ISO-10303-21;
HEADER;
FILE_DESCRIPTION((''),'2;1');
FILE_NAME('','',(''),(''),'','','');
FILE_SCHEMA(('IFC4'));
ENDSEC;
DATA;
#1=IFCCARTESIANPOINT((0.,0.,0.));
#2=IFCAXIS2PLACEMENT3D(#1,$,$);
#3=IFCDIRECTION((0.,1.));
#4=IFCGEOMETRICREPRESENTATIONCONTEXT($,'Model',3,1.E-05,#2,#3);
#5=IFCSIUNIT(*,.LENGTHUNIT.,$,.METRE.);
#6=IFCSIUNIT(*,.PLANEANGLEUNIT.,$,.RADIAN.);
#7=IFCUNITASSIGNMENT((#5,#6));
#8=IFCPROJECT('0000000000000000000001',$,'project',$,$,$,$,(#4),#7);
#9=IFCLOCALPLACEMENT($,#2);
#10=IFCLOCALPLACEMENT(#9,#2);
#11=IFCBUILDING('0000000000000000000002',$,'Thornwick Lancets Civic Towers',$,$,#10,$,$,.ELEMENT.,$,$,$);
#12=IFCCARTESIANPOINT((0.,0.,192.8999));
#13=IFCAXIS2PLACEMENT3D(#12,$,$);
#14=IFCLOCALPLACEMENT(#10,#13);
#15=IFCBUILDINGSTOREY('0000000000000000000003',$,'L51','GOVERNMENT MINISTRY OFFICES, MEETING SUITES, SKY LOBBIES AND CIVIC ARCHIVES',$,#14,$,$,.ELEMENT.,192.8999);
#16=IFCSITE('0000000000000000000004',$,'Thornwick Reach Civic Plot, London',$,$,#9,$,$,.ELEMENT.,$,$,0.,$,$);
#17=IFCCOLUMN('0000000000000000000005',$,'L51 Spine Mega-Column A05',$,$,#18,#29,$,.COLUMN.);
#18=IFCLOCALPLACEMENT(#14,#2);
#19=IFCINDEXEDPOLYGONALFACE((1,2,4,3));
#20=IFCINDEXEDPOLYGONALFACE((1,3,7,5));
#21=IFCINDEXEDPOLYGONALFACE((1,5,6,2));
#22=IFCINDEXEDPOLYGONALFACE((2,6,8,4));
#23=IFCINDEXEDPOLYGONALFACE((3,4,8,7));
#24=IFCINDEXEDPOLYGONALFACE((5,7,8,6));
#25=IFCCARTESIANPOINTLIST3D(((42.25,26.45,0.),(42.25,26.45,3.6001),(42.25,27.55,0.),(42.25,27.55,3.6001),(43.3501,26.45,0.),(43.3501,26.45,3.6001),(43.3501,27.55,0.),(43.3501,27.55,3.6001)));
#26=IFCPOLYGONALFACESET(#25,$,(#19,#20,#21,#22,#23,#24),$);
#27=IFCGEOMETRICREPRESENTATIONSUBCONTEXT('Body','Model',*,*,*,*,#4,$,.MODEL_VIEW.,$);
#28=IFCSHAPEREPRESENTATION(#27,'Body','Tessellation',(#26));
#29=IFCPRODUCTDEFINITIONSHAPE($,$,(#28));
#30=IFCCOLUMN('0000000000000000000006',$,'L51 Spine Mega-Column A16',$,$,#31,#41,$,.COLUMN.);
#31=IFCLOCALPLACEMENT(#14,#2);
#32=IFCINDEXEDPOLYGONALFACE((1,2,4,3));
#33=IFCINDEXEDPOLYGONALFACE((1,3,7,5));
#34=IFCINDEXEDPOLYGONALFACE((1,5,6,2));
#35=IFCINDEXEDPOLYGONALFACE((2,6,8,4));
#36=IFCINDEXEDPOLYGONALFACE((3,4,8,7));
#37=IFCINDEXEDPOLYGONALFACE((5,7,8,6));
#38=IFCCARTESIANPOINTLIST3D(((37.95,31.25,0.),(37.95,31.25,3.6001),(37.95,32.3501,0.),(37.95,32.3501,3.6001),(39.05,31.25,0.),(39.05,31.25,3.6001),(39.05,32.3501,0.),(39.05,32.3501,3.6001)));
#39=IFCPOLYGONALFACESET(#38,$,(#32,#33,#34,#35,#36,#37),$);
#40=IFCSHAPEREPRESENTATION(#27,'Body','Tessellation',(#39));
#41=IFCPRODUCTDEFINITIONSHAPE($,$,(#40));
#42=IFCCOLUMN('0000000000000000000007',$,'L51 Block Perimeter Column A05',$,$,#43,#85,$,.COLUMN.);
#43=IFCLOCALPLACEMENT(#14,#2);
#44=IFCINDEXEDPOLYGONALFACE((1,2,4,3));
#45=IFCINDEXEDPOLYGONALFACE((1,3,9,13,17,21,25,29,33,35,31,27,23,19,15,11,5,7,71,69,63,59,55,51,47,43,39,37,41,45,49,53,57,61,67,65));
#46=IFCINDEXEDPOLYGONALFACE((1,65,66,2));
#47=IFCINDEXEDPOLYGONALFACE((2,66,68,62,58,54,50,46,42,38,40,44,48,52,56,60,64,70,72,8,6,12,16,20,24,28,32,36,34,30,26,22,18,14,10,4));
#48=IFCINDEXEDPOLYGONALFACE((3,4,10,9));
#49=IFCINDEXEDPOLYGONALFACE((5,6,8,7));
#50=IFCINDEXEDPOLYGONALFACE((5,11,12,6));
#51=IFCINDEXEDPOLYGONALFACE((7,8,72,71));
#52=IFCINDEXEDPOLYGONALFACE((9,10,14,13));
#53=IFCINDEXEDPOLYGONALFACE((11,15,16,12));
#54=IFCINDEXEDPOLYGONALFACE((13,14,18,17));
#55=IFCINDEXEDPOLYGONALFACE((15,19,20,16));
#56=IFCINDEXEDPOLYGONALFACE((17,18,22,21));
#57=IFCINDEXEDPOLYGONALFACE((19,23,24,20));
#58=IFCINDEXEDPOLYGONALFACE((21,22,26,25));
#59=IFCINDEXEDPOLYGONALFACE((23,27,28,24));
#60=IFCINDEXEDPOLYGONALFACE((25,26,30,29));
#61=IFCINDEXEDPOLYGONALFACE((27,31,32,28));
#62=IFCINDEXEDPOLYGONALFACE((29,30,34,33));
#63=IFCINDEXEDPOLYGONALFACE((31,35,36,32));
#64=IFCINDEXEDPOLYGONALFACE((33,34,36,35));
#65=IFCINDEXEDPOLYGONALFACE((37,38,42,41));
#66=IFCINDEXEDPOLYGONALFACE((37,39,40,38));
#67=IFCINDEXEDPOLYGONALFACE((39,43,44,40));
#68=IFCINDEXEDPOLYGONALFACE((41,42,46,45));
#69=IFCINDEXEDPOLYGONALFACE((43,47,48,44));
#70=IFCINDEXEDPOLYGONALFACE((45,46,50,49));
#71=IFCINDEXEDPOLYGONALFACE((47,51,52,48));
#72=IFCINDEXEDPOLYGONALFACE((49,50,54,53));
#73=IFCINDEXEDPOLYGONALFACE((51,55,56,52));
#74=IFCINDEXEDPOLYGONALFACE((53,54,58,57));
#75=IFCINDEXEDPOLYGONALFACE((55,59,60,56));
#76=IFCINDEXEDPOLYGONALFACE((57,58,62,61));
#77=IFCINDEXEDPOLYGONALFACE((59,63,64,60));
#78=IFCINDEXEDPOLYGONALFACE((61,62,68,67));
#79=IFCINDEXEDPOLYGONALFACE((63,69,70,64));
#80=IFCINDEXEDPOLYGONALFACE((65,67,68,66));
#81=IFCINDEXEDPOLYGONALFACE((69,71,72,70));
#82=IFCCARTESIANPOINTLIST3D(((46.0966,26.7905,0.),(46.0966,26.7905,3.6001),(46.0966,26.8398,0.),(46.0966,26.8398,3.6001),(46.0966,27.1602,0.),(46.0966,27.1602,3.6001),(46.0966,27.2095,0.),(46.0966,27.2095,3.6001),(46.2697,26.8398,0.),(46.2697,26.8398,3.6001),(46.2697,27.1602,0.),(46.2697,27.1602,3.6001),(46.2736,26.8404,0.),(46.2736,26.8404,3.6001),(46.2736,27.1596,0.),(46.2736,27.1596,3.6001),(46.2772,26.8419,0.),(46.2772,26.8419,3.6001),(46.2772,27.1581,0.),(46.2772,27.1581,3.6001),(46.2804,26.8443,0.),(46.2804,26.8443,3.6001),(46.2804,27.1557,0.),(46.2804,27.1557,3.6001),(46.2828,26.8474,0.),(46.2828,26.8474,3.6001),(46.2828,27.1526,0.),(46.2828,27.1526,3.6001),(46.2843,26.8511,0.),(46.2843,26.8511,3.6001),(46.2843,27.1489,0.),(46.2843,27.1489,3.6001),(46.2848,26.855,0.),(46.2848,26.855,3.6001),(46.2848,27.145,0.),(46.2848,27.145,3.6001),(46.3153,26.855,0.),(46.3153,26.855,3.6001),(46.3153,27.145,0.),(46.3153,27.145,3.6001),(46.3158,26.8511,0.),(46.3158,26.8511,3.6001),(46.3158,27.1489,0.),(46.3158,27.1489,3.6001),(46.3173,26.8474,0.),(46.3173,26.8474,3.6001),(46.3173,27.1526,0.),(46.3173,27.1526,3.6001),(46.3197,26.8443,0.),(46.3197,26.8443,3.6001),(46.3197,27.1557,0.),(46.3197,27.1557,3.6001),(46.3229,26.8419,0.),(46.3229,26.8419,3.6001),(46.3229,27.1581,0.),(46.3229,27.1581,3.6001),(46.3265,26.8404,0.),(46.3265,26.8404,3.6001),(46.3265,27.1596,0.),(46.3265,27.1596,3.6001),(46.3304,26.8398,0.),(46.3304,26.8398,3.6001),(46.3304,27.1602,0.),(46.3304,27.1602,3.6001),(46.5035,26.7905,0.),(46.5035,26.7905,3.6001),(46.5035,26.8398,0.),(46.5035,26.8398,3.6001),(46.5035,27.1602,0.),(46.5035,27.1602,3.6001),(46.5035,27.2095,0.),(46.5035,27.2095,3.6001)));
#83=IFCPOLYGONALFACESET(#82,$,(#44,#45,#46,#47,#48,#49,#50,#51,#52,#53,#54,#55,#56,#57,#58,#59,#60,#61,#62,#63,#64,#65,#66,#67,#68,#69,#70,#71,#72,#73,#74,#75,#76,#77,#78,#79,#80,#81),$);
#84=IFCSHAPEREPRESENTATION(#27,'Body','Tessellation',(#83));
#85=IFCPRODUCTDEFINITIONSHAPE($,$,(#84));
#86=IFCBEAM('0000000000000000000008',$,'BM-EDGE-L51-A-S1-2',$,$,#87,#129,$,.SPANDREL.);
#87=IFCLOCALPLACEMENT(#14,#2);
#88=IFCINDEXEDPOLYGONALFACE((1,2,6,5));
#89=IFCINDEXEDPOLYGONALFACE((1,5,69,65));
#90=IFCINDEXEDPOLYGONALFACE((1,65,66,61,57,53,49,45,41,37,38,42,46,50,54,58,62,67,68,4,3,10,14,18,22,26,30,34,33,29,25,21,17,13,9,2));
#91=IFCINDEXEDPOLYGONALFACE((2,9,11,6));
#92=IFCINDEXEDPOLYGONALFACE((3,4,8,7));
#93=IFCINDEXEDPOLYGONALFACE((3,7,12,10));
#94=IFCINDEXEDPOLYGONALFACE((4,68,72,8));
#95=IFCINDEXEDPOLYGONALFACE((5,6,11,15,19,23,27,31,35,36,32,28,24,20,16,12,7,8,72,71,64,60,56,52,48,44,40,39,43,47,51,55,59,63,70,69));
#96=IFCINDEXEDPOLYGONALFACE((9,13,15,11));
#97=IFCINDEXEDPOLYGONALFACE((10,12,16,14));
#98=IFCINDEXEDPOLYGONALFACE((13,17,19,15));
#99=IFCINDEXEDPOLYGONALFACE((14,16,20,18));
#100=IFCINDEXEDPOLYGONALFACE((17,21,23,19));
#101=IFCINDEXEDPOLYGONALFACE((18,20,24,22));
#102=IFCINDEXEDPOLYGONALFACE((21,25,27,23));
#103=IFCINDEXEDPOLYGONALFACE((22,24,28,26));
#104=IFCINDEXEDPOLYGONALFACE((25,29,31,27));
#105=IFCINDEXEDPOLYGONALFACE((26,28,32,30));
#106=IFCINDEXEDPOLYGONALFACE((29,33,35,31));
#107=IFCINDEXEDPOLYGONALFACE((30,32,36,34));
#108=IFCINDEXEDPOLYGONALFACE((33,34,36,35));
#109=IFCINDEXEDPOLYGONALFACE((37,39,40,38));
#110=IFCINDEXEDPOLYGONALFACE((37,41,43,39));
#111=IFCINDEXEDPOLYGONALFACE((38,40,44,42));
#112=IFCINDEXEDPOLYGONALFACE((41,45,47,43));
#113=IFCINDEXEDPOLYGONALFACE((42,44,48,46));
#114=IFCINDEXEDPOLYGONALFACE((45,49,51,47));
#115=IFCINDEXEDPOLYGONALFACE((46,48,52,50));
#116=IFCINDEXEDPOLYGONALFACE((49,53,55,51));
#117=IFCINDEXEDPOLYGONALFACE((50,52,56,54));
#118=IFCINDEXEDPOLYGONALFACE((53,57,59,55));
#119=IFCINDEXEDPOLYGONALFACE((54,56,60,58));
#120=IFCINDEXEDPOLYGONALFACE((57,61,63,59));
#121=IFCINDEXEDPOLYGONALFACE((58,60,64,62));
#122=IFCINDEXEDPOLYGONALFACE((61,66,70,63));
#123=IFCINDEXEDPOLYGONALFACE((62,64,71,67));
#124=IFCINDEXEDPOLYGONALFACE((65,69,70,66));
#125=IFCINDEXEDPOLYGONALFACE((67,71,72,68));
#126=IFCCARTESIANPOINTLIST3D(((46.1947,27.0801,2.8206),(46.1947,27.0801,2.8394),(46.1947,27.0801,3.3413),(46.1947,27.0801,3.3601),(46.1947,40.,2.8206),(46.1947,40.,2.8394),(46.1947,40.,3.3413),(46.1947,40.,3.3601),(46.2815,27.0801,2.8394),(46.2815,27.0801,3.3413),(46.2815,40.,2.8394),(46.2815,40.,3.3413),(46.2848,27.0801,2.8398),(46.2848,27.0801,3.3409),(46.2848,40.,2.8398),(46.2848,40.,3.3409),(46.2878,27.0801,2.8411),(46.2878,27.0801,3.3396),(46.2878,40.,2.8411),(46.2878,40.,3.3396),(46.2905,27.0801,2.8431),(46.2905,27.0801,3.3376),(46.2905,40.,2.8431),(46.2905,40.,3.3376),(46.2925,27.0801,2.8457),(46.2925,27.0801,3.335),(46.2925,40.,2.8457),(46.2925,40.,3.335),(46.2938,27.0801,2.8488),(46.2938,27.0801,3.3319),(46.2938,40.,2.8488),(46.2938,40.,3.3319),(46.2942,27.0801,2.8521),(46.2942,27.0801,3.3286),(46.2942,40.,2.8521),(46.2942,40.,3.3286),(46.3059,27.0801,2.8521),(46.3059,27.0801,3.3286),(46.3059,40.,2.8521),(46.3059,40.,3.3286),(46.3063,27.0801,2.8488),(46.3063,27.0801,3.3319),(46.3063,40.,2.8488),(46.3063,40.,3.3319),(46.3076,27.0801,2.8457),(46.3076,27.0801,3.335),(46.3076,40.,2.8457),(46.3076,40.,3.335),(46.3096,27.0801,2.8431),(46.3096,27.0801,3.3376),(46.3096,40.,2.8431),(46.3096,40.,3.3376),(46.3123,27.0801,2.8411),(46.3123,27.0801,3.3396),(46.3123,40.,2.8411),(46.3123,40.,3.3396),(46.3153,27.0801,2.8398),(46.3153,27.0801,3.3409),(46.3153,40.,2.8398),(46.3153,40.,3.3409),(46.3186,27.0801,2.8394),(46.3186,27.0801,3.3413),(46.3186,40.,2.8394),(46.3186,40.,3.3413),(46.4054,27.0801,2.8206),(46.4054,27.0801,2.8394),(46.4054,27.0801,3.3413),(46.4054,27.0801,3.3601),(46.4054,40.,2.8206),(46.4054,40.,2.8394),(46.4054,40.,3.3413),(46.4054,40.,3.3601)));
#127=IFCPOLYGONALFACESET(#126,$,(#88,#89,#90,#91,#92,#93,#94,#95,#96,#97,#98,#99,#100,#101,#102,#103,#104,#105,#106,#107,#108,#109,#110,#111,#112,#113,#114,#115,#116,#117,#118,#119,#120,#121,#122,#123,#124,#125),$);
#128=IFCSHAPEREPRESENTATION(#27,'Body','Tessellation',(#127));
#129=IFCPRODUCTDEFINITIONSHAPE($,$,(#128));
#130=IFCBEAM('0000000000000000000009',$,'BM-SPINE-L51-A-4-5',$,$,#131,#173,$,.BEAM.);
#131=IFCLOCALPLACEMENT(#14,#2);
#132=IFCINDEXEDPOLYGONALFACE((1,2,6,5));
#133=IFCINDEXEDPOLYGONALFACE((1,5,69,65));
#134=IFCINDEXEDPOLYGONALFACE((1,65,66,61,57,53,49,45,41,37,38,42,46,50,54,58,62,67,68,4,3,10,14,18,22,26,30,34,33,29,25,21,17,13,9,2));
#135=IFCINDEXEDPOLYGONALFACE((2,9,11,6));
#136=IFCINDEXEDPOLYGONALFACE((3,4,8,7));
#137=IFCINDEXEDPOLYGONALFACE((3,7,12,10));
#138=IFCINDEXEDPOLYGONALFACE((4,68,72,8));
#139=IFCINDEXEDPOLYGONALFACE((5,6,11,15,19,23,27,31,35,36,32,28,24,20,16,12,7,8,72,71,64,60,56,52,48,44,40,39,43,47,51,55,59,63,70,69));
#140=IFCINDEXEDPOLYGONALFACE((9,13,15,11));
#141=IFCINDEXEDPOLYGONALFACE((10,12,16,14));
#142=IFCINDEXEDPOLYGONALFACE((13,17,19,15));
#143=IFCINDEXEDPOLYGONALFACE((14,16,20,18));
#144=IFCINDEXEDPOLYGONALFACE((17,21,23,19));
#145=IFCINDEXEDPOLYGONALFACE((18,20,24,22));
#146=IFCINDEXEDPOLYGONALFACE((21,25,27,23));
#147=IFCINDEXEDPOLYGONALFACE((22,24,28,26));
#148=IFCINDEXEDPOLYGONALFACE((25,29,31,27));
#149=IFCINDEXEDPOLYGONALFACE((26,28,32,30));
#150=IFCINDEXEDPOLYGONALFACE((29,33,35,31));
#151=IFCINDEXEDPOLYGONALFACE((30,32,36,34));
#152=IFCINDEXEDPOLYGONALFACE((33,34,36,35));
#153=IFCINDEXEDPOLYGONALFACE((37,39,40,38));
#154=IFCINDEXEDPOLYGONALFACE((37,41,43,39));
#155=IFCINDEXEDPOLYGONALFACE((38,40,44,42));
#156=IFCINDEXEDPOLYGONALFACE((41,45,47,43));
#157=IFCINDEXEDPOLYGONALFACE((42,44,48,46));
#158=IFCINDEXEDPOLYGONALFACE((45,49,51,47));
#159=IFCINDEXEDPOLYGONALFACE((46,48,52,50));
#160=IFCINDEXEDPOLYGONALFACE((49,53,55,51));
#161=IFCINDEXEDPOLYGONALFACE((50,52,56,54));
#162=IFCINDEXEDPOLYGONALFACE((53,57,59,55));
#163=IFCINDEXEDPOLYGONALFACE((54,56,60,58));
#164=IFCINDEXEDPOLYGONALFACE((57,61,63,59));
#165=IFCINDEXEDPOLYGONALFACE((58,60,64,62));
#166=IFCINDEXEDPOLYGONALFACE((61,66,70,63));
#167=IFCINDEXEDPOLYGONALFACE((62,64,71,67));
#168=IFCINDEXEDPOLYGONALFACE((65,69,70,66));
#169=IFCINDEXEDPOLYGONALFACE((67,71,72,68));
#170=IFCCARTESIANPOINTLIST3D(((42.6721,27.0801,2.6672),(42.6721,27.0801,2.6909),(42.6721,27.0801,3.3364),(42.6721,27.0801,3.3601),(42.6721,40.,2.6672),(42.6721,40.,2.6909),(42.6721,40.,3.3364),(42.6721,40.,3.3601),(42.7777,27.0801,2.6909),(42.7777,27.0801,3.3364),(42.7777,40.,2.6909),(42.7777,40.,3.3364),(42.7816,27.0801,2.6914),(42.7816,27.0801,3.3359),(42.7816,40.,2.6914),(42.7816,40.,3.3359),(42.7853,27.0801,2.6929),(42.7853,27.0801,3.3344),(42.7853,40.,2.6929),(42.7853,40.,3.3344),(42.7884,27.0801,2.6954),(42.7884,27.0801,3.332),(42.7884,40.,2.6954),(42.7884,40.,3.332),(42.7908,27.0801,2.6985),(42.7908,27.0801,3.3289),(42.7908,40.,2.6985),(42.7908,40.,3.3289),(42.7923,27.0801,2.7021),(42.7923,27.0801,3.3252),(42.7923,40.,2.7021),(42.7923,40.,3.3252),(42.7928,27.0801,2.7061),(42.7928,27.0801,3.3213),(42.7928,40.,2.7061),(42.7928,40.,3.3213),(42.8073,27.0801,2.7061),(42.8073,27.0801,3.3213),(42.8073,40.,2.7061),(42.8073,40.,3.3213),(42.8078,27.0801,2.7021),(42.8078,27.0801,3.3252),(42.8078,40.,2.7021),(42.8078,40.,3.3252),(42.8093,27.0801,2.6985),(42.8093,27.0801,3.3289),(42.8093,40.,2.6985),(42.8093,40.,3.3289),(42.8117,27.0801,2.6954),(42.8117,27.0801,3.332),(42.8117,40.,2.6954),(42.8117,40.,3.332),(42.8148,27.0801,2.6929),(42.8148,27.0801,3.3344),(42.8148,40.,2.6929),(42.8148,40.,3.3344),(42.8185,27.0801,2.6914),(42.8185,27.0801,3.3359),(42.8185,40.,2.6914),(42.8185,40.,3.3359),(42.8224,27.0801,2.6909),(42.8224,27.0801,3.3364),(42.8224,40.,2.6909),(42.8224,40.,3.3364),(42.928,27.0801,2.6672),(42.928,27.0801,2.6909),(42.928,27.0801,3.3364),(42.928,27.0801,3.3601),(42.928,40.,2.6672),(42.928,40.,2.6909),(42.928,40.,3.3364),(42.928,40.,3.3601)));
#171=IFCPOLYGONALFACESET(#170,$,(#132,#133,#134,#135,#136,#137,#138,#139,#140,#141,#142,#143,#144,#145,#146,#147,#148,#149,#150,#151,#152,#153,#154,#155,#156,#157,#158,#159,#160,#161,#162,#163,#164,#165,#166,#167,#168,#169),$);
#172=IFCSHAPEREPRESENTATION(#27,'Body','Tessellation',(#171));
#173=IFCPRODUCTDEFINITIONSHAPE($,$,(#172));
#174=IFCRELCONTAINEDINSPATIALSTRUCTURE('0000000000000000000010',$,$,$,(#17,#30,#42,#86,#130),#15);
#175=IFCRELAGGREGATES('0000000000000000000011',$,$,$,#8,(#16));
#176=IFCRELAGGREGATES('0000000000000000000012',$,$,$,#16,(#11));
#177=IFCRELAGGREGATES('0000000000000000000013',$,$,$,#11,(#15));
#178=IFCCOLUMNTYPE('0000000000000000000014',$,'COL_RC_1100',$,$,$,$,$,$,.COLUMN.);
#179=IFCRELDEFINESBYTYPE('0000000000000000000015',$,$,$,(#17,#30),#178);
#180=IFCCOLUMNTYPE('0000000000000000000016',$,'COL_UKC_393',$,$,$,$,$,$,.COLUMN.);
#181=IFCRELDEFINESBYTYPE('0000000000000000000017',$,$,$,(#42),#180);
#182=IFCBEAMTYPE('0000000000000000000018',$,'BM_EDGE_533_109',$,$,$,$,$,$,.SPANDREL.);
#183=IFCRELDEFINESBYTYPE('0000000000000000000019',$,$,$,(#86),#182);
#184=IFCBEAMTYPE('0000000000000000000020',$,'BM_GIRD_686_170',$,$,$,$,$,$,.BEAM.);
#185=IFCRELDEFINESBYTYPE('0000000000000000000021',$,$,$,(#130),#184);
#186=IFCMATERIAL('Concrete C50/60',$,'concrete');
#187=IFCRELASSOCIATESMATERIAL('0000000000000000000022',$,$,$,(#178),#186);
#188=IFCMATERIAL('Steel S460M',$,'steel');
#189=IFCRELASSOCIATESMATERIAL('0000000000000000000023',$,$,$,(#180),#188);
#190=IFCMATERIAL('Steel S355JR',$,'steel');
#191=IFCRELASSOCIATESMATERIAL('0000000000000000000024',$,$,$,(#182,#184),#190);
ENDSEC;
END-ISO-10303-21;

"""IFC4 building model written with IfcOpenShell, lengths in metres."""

from ifc_helpers import new_model, si_unit, direction, frame, origin, origin_2d, place, context, subcontext, project, spatial, rectangle, i_section, extrude, material, material_profile, profile_set, type_object, element, save


model = new_model("IFC4")

# Units and contexts
model_context = context("Model", 3, precision=1e-05, world=origin(), true_north=direction((0.0, 1.0)))
body_context = subcontext(model_context, "Body", "Model", "MODEL_VIEW")
ifc_project = project(units=[si_unit("LENGTHUNIT", "METRE"), si_unit("PLANEANGLEUNIT", "RADIAN")], contexts=[model_context])

# Site, building, storey
site_placement = place(None, origin())
site = spatial("IfcSite", under=ifc_project, at=site_placement, Name="Thornwick Reach Civic Plot, London", CompositionType="ELEMENT", RefElevation=0.0)
building_placement = place(site_placement, origin())
building = spatial("IfcBuilding", under=site, at=building_placement, Name="Thornwick Lancets Civic Towers", CompositionType="ELEMENT")
storey_placement = place(building_placement, frame((0.0, 0.0, 192.8999)))
storey = spatial("IfcBuildingStorey", under=building, at=storey_placement, Name="L51", Description="GOVERNMENT MINISTRY OFFICES, MEETING SUITES, SKY LOBBIES AND CIVIC ARCHIVES", CompositionType="ELEMENT", Elevation=192.8999)

# Columns
ifc_material_1 = material(Name="Concrete C50/60", Category="concrete")
ifc_material_profile_1 = material_profile(ifc_material_1, rectangle(XDim=1.1001, YDim=1.1001, at=origin_2d()), Name="RC 1100x1100")
ifc_profile_set_1 = profile_set([ifc_material_profile_1], Name="Concrete C50/60")
column_type_1 = type_object("IfcColumnType", Name="COL_RC_1100", PredefinedType="COLUMN", material=ifc_profile_set_1)
for number, where, z_axis, x_axis, name in (
    (1, (42.8, 27.0, 0.0), (0.0, 0.0, 1.0), (1.0, 0.0, 0.0), "L51 Spine Mega-Column A05"),
    (2, (38.5, 31.8, 0.0), (0.0, 0.0, 1.0), (1.0, 0.0, 0.0), "L51 Spine Mega-Column A16"),
):
    element("IfcColumn", number, at=place(storey_placement, frame(where, z_axis=z_axis, x_axis=x_axis)), inside=storey, type_object=column_type_1, Name=name, PredefinedType="COLUMN", context=body_context, shape_type="SweptSolid", body=[
        extrude(rectangle(XDim=1.1001, YDim=1.1001, at=origin_2d()), origin(), (0.0, 0.0, 1.0), 3.6001),
    ])
ifc_material_2 = material(Name="Steel S460M", Category="steel")
ifc_material_profile_2 = material_profile(ifc_material_2, i_section(OverallWidth=0.407, OverallDepth=0.4189, WebThickness=0.0305, FlangeThickness=0.0493, FilletRadius=0.0151, at=origin_2d()), Name="UKC 356x406x393")
ifc_profile_set_2 = profile_set([ifc_material_profile_2], Name="Steel S460M")
column_type_2 = type_object("IfcColumnType", Name="COL_UKC_393", PredefinedType="COLUMN", material=ifc_profile_set_2)
column_placement = place(storey_placement, frame((46.3, 27.0, 0.0), z_axis=(0.0, 0.0, 1.0), x_axis=(1.0, 0.0, 0.0)))
element("IfcColumn", 3, at=column_placement, inside=storey, type_object=column_type_2, Name="L51 Block Perimeter Column A05", PredefinedType="COLUMN", context=body_context, shape_type="SweptSolid", body=[
    extrude(i_section(OverallWidth=0.407, OverallDepth=0.4189, WebThickness=0.0305, FlangeThickness=0.0493, FilletRadius=0.0151, at=origin_2d()), origin(), (0.0, 0.0, 1.0), 3.6001),
])

# Beams
ifc_material_3 = material(Name="Steel S355JR", Category="steel")
ifc_material_profile_3 = material_profile(ifc_material_3, i_section(OverallWidth=0.2107, OverallDepth=0.5396, WebThickness=0.0117, FlangeThickness=0.0188, FilletRadius=0.0127, at=origin_2d()), Name="UKB 533x210x109")
ifc_profile_set_3 = profile_set([ifc_material_profile_3], Name="Steel S355JR")
beam_type_1 = type_object("IfcBeamType", Name="BM_EDGE_533_109", PredefinedType="SPANDREL", material=ifc_profile_set_3)
beam_1_placement = place(storey_placement, frame((46.3, 27.0801, 3.0903), z_axis=(0.0, 1.0, 0.0), x_axis=(-1.0, 0.0, 0.0)))
element("IfcBeam", 4, at=beam_1_placement, inside=storey, type_object=beam_type_1, Name="BM-EDGE-L51-A-S1-2", PredefinedType="SPANDREL", context=body_context, shape_type="SweptSolid", body=[
    extrude(i_section(OverallWidth=0.2107, OverallDepth=0.5396, WebThickness=0.0117, FlangeThickness=0.0188, FilletRadius=0.0127, at=origin_2d()), origin(), (0.0, 0.0, 1.0), 12.9199),
])
ifc_material_profile_4 = material_profile(ifc_material_3, i_section(OverallWidth=0.2559, OverallDepth=0.6929, WebThickness=0.0144, FlangeThickness=0.0237, FilletRadius=0.0151, at=origin_2d()), Name="UKB 686x254x170")
ifc_profile_set_4 = profile_set([ifc_material_profile_4], Name="Steel S355JR")
beam_type_2 = type_object("IfcBeamType", Name="BM_GIRD_686_170", PredefinedType="BEAM", material=ifc_profile_set_4)
beam_2_placement = place(storey_placement, frame((42.8, 27.0801, 3.0137), z_axis=(0.0, 1.0, 0.0), x_axis=(-1.0, 0.0, 0.0)))
element("IfcBeam", 5, at=beam_2_placement, inside=storey, type_object=beam_type_2, Name="BM-SPINE-L51-A-4-5", PredefinedType="BEAM", context=body_context, shape_type="SweptSolid", body=[
    extrude(i_section(OverallWidth=0.2559, OverallDepth=0.6929, WebThickness=0.0144, FlangeThickness=0.0237, FilletRadius=0.0151, at=origin_2d()), origin(), (0.0, 0.0, 1.0), 12.9199),
])

save(model, "model.ifc")
